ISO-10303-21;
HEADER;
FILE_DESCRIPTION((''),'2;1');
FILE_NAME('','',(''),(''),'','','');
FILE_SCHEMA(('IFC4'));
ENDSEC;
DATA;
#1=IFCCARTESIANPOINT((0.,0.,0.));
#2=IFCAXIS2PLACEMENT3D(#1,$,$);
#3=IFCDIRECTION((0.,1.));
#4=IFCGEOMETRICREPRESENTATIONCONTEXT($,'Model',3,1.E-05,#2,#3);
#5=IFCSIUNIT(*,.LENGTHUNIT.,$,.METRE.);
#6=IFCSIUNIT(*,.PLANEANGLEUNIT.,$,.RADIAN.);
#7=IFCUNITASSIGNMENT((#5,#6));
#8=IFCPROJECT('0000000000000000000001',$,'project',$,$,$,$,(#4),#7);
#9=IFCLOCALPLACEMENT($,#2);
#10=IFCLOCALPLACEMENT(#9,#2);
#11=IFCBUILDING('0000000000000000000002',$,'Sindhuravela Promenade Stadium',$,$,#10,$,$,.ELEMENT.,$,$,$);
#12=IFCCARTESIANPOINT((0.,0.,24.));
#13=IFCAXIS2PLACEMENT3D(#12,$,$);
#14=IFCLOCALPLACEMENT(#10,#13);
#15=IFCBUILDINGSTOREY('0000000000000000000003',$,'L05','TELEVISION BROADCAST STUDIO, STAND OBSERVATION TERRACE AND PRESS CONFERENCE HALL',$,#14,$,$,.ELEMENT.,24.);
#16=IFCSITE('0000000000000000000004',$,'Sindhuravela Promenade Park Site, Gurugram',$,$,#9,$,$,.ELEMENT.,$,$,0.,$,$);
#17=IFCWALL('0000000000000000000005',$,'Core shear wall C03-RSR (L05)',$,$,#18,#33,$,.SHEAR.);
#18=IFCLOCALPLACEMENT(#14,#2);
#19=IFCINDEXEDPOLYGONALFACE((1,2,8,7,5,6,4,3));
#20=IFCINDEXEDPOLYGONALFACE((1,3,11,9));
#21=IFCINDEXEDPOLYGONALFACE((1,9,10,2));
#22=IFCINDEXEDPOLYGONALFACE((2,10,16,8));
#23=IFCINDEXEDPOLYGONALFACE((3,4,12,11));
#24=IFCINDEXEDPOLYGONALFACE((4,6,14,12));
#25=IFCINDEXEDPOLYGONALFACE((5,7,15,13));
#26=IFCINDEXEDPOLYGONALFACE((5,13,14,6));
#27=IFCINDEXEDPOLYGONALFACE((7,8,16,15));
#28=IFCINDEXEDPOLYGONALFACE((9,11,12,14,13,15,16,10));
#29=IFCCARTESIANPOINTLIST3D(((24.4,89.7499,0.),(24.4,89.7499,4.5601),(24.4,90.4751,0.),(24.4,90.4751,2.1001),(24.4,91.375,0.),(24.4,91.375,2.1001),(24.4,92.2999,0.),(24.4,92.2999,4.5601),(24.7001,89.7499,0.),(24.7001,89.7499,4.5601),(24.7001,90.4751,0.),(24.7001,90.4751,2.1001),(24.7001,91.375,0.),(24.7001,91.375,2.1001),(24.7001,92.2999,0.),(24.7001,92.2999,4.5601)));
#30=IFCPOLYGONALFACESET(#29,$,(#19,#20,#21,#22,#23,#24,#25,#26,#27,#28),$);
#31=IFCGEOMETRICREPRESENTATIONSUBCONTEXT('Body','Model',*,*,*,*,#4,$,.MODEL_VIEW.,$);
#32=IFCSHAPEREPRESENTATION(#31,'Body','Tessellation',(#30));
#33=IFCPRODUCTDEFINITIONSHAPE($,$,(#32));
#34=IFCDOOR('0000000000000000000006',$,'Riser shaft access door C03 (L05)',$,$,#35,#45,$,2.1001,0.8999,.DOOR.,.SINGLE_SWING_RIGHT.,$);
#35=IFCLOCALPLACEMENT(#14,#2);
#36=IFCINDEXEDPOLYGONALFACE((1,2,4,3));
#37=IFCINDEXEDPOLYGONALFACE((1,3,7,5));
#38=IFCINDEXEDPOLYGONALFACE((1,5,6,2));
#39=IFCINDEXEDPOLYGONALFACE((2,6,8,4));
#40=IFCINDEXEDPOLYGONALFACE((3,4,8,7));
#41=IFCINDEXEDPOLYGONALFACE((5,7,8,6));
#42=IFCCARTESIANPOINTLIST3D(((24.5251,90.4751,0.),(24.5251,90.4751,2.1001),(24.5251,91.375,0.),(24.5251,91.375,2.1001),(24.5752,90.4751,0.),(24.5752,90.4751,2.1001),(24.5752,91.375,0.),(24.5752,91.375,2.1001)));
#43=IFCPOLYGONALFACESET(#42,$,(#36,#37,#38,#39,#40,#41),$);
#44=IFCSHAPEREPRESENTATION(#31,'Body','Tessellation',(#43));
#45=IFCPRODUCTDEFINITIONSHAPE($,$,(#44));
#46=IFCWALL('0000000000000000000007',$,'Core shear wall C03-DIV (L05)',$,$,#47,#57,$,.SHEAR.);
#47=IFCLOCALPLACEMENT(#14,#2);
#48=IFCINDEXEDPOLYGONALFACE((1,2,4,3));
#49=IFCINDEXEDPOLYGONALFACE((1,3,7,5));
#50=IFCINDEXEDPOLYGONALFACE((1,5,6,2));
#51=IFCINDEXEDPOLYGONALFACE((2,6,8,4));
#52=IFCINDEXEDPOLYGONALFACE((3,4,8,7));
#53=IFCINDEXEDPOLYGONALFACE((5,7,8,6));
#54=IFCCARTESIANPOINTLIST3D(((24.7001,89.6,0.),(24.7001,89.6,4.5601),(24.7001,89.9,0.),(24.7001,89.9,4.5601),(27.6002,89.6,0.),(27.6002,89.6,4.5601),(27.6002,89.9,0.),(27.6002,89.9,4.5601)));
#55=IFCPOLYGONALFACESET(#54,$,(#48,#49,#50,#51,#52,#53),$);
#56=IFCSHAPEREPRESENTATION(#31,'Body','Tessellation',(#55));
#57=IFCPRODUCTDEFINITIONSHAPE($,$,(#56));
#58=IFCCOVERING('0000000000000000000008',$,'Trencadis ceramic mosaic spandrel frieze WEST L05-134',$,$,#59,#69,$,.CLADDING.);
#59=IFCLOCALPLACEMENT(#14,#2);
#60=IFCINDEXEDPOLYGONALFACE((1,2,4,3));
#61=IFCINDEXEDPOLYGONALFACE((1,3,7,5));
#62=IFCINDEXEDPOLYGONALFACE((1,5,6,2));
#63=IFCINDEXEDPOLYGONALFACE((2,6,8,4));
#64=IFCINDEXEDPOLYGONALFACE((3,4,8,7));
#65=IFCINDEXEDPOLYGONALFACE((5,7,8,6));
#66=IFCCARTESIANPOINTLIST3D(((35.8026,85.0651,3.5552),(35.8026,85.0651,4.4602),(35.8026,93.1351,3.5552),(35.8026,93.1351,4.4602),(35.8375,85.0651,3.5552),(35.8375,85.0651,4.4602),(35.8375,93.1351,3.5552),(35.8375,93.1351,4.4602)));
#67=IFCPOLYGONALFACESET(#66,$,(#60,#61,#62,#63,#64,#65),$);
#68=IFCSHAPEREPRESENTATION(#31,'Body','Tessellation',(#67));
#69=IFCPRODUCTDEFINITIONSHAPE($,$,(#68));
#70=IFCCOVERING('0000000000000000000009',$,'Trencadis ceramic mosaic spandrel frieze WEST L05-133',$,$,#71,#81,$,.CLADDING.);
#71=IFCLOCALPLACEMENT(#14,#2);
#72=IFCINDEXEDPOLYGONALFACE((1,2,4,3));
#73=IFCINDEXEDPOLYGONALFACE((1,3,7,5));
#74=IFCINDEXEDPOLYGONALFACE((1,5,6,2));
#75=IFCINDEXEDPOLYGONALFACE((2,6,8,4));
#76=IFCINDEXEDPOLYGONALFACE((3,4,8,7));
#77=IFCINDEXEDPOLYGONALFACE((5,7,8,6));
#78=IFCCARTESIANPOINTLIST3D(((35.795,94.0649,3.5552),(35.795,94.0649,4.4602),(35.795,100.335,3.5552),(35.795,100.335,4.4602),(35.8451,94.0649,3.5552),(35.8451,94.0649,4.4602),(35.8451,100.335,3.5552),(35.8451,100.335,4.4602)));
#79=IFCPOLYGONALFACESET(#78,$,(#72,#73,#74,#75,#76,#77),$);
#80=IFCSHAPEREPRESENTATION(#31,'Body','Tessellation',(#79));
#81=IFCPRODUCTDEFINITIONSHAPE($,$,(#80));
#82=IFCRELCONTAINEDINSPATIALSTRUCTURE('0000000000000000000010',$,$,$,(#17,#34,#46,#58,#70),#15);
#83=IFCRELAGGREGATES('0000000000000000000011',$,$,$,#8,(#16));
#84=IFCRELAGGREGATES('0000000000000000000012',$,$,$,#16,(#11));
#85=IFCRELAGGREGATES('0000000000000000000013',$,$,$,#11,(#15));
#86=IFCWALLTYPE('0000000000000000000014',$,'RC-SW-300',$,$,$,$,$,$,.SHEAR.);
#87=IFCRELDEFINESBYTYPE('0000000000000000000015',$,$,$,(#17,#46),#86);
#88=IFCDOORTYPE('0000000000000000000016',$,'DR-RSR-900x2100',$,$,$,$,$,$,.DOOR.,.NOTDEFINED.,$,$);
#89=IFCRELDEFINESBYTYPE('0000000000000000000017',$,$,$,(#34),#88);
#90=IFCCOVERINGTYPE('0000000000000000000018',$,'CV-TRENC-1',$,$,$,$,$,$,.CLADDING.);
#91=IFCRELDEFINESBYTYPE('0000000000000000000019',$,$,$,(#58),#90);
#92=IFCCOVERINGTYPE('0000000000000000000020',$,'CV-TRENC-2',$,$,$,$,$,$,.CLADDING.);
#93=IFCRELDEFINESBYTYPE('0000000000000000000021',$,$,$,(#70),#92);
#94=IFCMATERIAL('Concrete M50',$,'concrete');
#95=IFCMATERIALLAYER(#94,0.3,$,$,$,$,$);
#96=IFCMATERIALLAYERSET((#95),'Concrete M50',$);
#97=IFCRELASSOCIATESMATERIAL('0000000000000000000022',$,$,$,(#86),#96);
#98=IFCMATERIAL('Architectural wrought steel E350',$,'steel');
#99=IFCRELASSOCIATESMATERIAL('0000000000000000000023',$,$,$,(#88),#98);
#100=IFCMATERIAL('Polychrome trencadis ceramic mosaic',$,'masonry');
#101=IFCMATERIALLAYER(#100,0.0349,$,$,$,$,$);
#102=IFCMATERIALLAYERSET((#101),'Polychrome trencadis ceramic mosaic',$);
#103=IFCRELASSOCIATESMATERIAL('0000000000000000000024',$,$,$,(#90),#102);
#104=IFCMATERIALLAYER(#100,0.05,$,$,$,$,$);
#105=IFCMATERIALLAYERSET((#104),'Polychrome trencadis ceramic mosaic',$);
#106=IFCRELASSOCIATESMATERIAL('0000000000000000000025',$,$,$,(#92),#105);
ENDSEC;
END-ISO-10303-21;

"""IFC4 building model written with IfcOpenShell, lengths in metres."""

from ifc_helpers import new_model, si_unit, direction, frame, frame_2d, origin, origin_2d, place, context, subcontext, project, spatial, rectangle, extrude, material, layer, layer_set, type_object, element, fill, save


model = new_model("IFC4")

# Units and contexts
model_context = context("Model", 3, precision=1e-05, world=origin(), true_north=direction((0.0, 1.0)))
body_context = subcontext(model_context, "Body", "Model", "MODEL_VIEW")
ifc_project = project(units=[si_unit("LENGTHUNIT", "METRE"), si_unit("PLANEANGLEUNIT", "RADIAN")], contexts=[model_context])

# Site, building, storey
site_placement = place(None, origin())
site = spatial("IfcSite", under=ifc_project, at=site_placement, Name="Sindhuravela Promenade Park Site, Gurugram", CompositionType="ELEMENT", RefElevation=0.0)
building_placement = place(site_placement, origin())
building = spatial("IfcBuilding", under=site, at=building_placement, Name="Sindhuravela Promenade Stadium", CompositionType="ELEMENT")
storey_placement = place(building_placement, frame((0.0, 0.0, 24.0)))
storey = spatial("IfcBuildingStorey", under=building, at=storey_placement, Name="L05", Description="TELEVISION BROADCAST STUDIO, STAND OBSERVATION TERRACE AND PRESS CONFERENCE HALL", CompositionType="ELEMENT", Elevation=24.0)

# Shared definitions
ifc_material_1 = material(Name="Concrete M50", Category="concrete")
ifc_layer_1 = layer(ifc_material_1, 0.3)
ifc_layer_set_1 = layer_set([ifc_layer_1], Name="Concrete M50")
wall_type_1 = type_object("IfcWallType", Name="RC-SW-300", PredefinedType="SHEAR", material=ifc_layer_set_1)

# Wall, opening, door
wall_1_placement = place(storey_placement, frame((24.55, 89.75, 0.0), z_axis=(0.0, 0.0, 1.0), x_axis=(0.0, 1.0, 0.0)))
wall_1 = element("IfcWall", 1, at=wall_1_placement, inside=storey, type_object=wall_type_1, Name="Core shear wall C03-RSR (L05)", PredefinedType="SHEAR", context=body_context, shape_type="SweptSolid", body=[
    extrude(rectangle(XDim=2.55, YDim=0.3, at=frame_2d((1.2749, 0.0))), origin(), (0.0, 0.0, 1.0), 4.5601),
])
opening_1_placement = place(wall_1_placement, frame((0.7251, 0.0, 0.0)))
opening_1 = element("IfcOpeningElement", 2, at=opening_1_placement, cuts=wall_1, PredefinedType="OPENING", context=body_context, shape_type="SweptSolid", body=[
    extrude(rectangle(XDim=0.8999, YDim=2.1001, at=frame_2d((0.45, 1.05))), frame((0.0, 0.1599, 0.0), z_axis=(0.0, -1.0, 0.0), x_axis=(1.0, 0.0, 0.0)), (0.0, 0.0, 1.0), 0.3201),
])
ifc_material_2 = material(Name="Architectural wrought steel E350", Category="steel")
door_type_1 = type_object("IfcDoorType", Name="DR-RSR-900x2100", OperationType="NOTDEFINED", PredefinedType="DOOR", material=ifc_material_2)
door_1_placement = place(opening_1_placement, origin())
door_1 = element("IfcDoor", 3, at=door_1_placement, inside=storey, type_object=door_type_1, Name="Riser shaft access door C03 (L05)", OperationType="SINGLE_SWING_RIGHT", OverallHeight=2.1001, OverallWidth=0.8999, PredefinedType="DOOR", context=body_context, shape_type="SweptSolid", body=[
    extrude(rectangle(XDim=0.8999, YDim=2.1001, at=frame_2d((0.45, 1.05))), frame((0.0, 0.0249, 0.0), z_axis=(0.0, -1.0, 0.0), x_axis=(1.0, 0.0, 0.0)), (0.0, 0.0, 1.0), 0.05),
])
fill(opening_1, door_1)

# Wall
wall_2_placement = place(storey_placement, frame((24.7, 89.75, 0.0), z_axis=(0.0, 0.0, 1.0), x_axis=(1.0, 0.0, 0.0)))
element("IfcWall", 4, at=wall_2_placement, inside=storey, type_object=wall_type_1, Name="Core shear wall C03-DIV (L05)", PredefinedType="SHEAR", context=body_context, shape_type="SweptSolid", body=[
    extrude(rectangle(XDim=2.9001, YDim=0.3, at=frame_2d((1.4502, 0.0))), origin(), (0.0, 0.0, 1.0), 4.5601),
])

# Coverings
ifc_material_3 = material(Name="Polychrome trencadis ceramic mosaic", Category="masonry")
ifc_layer_2 = layer(ifc_material_3, 0.0349)
ifc_layer_set_2 = layer_set([ifc_layer_2], Name="Polychrome trencadis ceramic mosaic")
covering_type_1 = type_object("IfcCoveringType", Name="CV-TRENC-1", PredefinedType="CLADDING", material=ifc_layer_set_2)
covering_1_placement = place(storey_placement, frame((35.8201, 89.1001, 3.5552), z_axis=(0.0, 0.0, 1.0), x_axis=(0.0, -1.0, 0.0)))
element("IfcCovering", 5, at=covering_1_placement, inside=storey, type_object=covering_type_1, Name="Trencadis ceramic mosaic spandrel frieze WEST L05-134", PredefinedType="CLADDING", context=body_context, shape_type="SweptSolid", body=[
    extrude(rectangle(XDim=8.0701, YDim=0.0349, at=origin_2d()), origin(), (0.0, 0.0, 1.0), 0.905),
])
ifc_layer_3 = layer(ifc_material_3, 0.05)
ifc_layer_set_3 = layer_set([ifc_layer_3], Name="Polychrome trencadis ceramic mosaic")
covering_type_2 = type_object("IfcCoveringType", Name="CV-TRENC-2", PredefinedType="CLADDING", material=ifc_layer_set_3)
covering_2_placement = place(storey_placement, frame((35.8201, 97.2, 3.5552), z_axis=(0.0, 0.0, 1.0), x_axis=(0.0, -1.0, 0.0)))
element("IfcCovering", 6, at=covering_2_placement, inside=storey, type_object=covering_type_2, Name="Trencadis ceramic mosaic spandrel frieze WEST L05-133", PredefinedType="CLADDING", context=body_context, shape_type="SweptSolid", body=[
    extrude(rectangle(XDim=6.27, YDim=0.05, at=origin_2d()), origin(), (0.0, 0.0, 1.0), 0.905),
])

save(model, "model.ifc")
